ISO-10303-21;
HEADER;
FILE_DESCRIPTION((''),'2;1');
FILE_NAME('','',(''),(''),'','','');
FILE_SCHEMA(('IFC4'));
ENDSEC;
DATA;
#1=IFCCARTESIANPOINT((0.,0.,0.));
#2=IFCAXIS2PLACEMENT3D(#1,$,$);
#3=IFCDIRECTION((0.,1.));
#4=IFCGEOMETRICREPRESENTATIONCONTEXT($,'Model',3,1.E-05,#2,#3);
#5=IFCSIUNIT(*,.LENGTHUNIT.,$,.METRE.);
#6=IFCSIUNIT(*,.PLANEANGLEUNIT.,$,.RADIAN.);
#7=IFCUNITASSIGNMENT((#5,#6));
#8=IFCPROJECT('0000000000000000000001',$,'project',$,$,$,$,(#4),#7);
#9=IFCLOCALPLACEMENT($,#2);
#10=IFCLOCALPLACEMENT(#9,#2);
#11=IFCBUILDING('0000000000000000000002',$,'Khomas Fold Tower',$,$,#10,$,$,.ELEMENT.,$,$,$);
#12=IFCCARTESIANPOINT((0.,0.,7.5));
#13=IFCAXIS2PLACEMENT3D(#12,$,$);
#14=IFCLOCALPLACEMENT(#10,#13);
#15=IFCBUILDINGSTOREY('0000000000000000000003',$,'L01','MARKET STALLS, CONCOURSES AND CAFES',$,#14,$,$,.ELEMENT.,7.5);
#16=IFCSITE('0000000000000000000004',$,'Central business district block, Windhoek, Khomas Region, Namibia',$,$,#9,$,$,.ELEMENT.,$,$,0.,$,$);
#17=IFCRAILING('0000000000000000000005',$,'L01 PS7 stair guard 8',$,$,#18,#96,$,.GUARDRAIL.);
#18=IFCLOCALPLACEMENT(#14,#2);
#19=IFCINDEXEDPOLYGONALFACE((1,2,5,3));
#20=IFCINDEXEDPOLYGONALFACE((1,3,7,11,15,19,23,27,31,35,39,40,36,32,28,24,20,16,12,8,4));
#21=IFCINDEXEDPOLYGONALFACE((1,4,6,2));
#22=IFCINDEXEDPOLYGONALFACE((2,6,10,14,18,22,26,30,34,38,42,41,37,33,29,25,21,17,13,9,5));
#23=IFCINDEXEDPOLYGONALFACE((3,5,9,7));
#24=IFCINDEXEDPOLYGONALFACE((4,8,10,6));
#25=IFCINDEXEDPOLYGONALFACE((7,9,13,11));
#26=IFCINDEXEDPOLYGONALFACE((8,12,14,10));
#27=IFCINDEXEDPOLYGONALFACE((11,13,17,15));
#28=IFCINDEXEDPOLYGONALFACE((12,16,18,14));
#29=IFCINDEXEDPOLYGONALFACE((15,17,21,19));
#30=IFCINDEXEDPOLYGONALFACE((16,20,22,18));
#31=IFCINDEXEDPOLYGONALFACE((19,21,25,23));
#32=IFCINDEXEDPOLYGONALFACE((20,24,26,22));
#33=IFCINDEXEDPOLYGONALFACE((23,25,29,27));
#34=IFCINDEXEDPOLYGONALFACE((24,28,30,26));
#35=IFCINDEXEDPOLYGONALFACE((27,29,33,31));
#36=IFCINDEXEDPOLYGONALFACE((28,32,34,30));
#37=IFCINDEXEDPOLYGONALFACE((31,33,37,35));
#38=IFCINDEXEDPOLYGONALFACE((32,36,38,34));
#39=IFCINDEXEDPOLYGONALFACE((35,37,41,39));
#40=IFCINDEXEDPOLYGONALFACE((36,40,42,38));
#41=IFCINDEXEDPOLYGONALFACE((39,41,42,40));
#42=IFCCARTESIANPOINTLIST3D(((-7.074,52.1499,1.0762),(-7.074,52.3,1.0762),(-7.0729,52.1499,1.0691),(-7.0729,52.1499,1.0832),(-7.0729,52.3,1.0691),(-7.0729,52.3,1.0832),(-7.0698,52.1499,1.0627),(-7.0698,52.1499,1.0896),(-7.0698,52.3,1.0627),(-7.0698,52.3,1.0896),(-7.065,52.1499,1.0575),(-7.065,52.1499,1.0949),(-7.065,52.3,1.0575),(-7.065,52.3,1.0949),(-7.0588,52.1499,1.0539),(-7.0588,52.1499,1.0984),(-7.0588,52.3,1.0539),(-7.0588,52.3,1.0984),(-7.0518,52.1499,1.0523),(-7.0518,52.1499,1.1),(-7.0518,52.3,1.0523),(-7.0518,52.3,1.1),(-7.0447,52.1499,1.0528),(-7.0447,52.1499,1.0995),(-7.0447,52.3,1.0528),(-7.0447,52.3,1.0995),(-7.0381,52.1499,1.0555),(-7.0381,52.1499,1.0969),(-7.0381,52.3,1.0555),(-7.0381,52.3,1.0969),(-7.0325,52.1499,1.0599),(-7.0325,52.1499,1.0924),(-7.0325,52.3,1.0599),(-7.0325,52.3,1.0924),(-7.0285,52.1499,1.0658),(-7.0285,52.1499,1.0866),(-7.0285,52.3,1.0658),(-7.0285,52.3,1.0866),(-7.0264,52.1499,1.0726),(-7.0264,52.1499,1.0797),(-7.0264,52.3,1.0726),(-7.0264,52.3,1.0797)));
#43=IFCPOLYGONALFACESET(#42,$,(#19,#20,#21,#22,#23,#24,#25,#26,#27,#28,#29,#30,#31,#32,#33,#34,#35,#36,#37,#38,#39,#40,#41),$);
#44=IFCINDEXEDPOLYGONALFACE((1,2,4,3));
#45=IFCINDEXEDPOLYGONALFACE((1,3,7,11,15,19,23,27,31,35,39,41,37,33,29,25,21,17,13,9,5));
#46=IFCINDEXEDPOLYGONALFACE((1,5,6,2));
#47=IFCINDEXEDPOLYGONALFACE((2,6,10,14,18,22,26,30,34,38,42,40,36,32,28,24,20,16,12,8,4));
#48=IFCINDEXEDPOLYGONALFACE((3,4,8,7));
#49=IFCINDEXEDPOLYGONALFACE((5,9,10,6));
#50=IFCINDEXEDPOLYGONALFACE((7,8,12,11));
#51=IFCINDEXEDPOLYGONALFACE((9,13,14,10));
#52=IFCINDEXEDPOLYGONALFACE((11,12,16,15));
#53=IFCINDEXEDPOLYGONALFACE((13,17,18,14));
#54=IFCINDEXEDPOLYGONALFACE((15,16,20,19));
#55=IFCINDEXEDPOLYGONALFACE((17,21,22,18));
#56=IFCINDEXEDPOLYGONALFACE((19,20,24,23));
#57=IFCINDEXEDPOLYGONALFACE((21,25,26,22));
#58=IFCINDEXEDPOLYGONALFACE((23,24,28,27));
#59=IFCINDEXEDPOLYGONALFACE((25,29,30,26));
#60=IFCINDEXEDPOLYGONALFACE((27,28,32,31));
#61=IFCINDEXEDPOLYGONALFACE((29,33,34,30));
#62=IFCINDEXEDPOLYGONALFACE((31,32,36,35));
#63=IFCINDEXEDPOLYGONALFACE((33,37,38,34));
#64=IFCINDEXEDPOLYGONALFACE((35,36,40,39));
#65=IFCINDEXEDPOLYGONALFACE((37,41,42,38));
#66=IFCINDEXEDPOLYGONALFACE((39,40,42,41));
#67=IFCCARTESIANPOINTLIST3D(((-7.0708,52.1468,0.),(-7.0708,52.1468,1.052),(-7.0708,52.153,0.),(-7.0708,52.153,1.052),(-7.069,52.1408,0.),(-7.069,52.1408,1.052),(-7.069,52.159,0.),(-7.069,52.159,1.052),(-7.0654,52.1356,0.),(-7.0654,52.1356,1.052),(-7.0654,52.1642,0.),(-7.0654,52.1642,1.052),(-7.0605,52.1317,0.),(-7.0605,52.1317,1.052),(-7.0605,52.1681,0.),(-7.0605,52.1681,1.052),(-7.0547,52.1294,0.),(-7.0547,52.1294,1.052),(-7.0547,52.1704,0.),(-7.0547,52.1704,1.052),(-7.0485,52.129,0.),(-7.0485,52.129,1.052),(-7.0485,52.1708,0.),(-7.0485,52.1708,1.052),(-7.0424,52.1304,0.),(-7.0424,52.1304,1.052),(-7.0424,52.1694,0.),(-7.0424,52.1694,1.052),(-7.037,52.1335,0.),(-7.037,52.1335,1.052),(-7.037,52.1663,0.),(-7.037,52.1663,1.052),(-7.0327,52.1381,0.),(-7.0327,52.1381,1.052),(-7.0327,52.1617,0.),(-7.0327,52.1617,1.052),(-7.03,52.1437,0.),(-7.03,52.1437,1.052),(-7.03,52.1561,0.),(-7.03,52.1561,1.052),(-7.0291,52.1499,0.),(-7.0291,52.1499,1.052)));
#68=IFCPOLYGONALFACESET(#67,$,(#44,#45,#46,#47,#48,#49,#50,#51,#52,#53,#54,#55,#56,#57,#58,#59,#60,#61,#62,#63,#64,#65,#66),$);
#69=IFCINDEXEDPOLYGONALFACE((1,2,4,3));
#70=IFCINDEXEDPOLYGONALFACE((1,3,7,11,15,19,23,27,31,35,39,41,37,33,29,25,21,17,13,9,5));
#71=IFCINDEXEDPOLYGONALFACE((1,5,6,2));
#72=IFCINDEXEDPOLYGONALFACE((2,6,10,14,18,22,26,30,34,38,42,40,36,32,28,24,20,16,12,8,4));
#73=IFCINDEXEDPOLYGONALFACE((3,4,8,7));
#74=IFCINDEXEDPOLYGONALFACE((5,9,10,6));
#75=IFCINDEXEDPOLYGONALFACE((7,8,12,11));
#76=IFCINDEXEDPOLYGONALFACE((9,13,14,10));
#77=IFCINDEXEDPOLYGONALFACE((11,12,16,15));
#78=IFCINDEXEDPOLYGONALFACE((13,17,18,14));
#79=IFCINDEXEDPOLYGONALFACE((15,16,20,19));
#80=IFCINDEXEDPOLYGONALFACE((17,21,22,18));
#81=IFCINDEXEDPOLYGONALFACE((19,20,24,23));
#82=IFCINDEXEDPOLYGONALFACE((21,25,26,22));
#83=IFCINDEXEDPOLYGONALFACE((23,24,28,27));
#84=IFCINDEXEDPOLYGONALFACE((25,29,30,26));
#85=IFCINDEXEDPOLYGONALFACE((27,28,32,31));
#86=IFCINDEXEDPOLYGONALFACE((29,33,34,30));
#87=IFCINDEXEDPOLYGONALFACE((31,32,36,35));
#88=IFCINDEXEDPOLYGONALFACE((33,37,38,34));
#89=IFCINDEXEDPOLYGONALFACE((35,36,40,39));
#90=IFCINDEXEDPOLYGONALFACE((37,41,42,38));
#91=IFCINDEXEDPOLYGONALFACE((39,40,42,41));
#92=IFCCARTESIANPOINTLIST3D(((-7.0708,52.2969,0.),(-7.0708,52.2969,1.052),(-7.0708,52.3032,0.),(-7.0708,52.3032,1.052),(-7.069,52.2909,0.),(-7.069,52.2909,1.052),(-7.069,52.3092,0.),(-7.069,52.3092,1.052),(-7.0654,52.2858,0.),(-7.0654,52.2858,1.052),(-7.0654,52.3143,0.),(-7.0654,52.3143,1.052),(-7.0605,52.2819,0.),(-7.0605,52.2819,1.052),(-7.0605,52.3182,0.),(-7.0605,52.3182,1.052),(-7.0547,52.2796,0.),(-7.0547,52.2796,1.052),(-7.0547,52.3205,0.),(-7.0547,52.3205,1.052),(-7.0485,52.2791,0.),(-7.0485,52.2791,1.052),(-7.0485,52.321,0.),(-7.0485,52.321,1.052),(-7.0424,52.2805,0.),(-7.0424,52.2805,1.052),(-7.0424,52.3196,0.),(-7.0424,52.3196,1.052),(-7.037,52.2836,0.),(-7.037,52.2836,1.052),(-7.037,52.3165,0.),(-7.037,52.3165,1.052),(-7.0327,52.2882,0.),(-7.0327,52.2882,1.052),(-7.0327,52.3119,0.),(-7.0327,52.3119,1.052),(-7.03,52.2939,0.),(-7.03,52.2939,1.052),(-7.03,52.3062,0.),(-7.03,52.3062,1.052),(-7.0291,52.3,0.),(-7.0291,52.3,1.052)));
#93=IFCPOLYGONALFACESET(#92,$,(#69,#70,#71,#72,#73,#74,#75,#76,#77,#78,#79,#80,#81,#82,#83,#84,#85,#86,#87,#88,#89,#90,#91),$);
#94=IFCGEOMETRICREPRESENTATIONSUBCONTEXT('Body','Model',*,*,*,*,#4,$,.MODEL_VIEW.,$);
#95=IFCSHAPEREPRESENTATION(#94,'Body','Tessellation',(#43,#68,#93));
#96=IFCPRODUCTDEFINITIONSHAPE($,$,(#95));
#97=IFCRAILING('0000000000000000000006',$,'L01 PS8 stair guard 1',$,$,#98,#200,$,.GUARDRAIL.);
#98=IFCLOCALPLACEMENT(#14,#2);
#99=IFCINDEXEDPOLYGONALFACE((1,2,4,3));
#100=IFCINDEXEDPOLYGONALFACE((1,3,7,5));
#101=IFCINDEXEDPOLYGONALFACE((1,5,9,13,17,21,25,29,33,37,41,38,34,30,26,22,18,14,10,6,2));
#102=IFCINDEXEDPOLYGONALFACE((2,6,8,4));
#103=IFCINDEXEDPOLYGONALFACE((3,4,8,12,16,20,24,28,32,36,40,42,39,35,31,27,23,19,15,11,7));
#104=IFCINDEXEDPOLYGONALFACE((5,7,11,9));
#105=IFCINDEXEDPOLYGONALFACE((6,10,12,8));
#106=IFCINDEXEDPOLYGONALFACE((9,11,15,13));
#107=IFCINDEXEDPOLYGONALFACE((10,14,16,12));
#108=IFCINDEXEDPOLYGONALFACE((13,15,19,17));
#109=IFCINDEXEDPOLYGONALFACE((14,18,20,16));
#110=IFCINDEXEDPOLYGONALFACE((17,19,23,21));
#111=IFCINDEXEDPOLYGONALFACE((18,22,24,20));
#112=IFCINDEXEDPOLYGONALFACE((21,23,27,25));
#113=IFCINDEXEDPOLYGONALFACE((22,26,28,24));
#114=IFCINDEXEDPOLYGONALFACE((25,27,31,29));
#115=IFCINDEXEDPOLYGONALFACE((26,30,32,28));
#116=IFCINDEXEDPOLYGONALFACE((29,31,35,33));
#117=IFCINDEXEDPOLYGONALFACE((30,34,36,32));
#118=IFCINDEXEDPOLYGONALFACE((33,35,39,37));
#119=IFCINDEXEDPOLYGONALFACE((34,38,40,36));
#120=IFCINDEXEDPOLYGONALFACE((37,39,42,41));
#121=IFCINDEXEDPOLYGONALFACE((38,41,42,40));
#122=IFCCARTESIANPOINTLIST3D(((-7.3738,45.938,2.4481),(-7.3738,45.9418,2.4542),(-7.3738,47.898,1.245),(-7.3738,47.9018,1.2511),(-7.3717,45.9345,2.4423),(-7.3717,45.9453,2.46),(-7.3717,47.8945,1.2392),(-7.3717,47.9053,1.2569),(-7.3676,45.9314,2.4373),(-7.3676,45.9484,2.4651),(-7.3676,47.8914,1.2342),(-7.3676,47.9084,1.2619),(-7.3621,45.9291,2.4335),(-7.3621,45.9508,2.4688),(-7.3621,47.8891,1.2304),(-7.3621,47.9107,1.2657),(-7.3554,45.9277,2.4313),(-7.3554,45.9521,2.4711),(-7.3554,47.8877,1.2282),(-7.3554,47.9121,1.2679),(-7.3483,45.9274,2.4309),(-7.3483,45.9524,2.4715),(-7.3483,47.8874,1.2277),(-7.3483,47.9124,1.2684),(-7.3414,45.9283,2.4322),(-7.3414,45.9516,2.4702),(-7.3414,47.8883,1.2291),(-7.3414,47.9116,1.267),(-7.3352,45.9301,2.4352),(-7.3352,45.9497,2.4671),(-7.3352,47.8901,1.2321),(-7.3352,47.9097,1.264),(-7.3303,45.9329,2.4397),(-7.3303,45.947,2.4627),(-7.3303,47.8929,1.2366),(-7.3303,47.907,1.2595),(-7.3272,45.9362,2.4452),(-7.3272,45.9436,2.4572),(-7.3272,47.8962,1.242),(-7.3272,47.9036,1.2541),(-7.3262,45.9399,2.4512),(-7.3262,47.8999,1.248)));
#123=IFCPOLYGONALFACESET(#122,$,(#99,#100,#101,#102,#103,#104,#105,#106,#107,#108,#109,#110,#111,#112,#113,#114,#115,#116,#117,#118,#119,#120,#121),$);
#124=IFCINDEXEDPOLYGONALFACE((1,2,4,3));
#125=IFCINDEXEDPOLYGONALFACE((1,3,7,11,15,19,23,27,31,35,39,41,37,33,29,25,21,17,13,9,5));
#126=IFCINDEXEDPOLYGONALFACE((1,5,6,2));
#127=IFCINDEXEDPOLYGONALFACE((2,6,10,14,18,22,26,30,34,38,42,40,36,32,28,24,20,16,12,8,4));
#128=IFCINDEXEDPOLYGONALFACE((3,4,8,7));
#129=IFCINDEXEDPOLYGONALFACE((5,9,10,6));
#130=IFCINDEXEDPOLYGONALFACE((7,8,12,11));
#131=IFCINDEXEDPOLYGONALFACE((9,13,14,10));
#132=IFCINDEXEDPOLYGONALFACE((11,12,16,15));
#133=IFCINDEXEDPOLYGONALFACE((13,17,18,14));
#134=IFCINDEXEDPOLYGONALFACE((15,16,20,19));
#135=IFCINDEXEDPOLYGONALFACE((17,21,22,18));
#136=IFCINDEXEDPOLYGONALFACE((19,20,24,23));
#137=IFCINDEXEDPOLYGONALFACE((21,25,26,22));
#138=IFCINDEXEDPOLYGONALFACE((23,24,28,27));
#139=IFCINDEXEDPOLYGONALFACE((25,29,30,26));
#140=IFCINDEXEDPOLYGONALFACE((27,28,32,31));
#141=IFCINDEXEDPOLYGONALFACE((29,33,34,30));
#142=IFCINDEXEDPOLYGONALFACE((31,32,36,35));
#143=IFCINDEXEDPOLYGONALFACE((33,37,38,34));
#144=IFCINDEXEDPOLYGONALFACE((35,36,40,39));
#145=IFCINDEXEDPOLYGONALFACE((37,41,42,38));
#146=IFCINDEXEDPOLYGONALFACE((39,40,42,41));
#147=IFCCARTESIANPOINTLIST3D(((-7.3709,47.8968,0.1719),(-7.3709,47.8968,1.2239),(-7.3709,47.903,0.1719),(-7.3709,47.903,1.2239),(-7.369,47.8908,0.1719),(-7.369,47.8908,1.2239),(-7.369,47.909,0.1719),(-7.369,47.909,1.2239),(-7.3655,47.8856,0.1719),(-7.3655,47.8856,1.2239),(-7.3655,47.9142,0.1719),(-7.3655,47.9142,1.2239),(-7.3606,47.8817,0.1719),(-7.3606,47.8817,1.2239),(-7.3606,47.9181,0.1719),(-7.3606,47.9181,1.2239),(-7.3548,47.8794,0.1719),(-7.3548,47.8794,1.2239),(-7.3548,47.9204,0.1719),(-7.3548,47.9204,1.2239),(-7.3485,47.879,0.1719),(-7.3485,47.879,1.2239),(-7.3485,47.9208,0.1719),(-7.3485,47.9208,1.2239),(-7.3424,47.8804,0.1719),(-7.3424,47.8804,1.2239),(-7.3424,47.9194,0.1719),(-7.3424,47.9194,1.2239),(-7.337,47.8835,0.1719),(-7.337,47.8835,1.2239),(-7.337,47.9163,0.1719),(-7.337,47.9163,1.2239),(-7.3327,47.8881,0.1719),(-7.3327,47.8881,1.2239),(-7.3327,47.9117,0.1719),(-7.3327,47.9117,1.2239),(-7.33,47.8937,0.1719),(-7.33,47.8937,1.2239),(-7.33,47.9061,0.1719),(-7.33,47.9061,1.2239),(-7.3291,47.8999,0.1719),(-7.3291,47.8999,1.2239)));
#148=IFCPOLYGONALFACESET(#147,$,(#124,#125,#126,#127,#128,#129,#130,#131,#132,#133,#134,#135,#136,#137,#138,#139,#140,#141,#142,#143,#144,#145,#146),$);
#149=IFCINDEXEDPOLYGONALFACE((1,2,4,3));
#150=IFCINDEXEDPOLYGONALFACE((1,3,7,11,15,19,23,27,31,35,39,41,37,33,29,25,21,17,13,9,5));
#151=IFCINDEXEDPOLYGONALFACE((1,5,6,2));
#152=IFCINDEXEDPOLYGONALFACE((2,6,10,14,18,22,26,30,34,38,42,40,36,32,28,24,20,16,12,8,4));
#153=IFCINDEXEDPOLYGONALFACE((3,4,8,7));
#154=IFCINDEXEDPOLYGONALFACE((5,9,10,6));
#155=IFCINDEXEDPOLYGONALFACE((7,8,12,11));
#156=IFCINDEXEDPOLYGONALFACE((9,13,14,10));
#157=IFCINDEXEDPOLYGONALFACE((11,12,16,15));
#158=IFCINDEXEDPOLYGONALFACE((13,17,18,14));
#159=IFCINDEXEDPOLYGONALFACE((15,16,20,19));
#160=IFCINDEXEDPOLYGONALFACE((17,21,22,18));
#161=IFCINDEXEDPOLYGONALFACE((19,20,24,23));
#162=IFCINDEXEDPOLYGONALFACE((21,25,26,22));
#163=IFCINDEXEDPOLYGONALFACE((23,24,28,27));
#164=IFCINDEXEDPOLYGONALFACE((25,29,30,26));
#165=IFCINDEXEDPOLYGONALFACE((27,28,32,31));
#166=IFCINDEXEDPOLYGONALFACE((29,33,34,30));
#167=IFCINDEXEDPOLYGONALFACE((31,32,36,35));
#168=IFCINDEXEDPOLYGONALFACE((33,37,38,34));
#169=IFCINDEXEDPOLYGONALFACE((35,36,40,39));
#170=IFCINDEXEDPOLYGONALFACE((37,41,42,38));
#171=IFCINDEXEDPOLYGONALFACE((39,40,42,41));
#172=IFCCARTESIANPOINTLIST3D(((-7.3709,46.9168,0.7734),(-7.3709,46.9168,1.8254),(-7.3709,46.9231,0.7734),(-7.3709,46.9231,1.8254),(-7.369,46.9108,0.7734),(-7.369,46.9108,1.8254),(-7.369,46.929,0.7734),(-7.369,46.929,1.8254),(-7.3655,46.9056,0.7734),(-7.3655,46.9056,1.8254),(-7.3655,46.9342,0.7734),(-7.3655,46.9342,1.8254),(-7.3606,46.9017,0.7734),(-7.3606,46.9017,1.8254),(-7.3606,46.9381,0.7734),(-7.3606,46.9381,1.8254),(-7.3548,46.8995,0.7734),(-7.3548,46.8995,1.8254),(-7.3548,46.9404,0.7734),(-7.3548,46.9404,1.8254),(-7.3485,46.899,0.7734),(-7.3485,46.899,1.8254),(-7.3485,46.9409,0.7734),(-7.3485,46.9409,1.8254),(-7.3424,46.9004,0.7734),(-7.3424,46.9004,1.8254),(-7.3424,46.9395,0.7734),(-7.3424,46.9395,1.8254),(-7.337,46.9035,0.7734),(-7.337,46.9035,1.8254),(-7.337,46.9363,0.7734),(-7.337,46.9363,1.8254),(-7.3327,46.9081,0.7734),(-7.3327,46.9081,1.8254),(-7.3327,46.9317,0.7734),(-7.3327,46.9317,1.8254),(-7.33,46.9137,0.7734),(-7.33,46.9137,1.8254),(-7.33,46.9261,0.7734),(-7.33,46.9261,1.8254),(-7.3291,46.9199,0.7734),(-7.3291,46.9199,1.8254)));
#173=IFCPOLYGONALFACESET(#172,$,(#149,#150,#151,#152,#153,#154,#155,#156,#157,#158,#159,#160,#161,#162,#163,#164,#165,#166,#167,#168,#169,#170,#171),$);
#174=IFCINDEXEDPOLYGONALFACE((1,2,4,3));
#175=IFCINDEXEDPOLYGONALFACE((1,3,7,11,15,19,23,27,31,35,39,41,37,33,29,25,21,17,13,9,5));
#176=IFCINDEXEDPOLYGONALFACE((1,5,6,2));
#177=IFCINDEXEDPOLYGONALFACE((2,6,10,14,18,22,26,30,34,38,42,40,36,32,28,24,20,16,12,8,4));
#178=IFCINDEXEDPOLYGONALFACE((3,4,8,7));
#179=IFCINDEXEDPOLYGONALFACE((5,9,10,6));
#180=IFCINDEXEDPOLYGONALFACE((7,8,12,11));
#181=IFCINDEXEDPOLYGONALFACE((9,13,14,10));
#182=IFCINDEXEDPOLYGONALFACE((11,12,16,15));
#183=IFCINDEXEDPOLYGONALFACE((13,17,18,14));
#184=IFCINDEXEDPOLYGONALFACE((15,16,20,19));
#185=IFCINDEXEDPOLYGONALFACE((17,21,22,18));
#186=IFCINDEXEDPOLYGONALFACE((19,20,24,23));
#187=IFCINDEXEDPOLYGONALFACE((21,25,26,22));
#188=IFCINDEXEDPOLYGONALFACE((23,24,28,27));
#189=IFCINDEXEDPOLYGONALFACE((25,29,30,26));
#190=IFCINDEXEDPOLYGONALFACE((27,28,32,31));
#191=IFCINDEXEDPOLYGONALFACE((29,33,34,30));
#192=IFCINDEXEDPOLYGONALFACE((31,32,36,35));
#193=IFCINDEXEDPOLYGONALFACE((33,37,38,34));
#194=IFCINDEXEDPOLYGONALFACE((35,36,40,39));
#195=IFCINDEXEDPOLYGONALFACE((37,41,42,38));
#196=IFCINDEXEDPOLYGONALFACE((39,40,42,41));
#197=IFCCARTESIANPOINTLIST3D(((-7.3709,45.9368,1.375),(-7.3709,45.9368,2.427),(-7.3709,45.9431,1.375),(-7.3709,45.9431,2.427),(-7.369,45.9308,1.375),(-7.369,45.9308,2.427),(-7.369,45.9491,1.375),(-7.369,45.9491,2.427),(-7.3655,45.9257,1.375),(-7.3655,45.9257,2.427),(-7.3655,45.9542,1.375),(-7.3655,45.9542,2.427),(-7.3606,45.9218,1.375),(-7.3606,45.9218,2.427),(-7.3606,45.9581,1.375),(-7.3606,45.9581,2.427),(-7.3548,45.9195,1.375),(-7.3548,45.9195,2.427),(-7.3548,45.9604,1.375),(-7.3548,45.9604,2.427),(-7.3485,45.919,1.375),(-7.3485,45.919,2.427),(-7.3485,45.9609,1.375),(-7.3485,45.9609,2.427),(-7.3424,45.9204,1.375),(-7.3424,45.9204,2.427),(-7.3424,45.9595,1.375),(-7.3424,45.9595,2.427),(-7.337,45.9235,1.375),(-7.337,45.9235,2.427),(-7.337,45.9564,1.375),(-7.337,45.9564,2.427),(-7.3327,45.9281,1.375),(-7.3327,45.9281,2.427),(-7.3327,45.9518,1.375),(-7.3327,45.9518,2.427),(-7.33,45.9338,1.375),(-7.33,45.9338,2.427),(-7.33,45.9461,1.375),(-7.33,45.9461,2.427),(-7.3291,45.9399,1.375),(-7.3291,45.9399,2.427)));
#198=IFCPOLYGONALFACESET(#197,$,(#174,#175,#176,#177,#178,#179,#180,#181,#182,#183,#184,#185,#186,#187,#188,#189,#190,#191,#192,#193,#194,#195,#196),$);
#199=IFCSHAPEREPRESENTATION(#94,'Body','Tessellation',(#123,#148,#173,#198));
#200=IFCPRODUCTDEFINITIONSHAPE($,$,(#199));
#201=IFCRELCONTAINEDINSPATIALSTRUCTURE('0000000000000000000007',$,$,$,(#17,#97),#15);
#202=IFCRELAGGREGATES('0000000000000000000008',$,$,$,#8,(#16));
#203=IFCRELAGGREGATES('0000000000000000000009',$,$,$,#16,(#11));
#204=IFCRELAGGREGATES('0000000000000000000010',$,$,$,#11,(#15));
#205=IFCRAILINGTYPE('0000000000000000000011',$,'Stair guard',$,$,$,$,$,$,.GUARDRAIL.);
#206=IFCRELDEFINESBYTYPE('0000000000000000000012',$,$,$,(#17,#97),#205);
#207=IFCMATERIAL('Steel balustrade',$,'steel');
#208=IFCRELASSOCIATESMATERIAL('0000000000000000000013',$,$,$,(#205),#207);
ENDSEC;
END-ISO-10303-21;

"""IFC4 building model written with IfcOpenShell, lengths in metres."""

from ifc_helpers import new_model, si_unit, direction, frame, origin, origin_2d, place, context, subcontext, project, spatial, circle, extrude, source, transform, mapped, material, type_object, element, save


model = new_model("IFC4")

# Units and contexts
model_context = context("Model", 3, precision=1e-05, world=origin(), true_north=direction((0.0, 1.0)))
body_context = subcontext(model_context, "Body", "Model", "MODEL_VIEW")
ifc_project = project(units=[si_unit("LENGTHUNIT", "METRE"), si_unit("PLANEANGLEUNIT", "RADIAN")], contexts=[model_context])

# Site, building, storey
site_placement = place(None, origin())
site = spatial("IfcSite", under=ifc_project, at=site_placement, Name="Central business district block, Windhoek, Khomas Region, Namibia", CompositionType="ELEMENT", RefElevation=0.0)
building_placement = place(site_placement, origin())
building = spatial("IfcBuilding", under=site, at=building_placement, Name="Khomas Fold Tower", CompositionType="ELEMENT")
storey_placement = place(building_placement, frame((0.0, 0.0, 7.5)))
storey = spatial("IfcBuildingStorey", under=building, at=storey_placement, Name="L01", Description="MARKET STALLS, CONCOURSES AND CAFES", CompositionType="ELEMENT", Elevation=7.5)

# Railings
ifc_material_1 = material(Name="Steel balustrade", Category="steel")
railing_type_1 = type_object("IfcRailingType", Name="Stair guard", PredefinedType="GUARDRAIL", material=ifc_material_1)
shared_shape_1 = source(origin(), body_context, "Body", "SweptSolid", [
    extrude(circle(Radius=0.0239, at=origin_2d()), frame((0.0, 0.0, 1.0762), z_axis=(0.0, 1.0, 0.0), x_axis=(-1.0, 0.0, 0.0)), (0.0, 0.0, 1.0), 0.1501),
    extrude(circle(Radius=0.021, at=origin_2d()), origin(), (0.0, 0.0, 1.0), 1.052),
    extrude(circle(Radius=0.021, at=origin_2d()), frame((0.0, 0.1501, 0.0)), (0.0, 0.0, 1.0), 1.052),
])
for number, where, name in (
    (1, (-7.05, 52.1499, 0.0), "L01 PS7 stair guard 8"),
):
    element("IfcRailing", number, at=place(storey_placement, frame(where)), inside=storey, type_object=railing_type_1, Name=name, PredefinedType="GUARDRAIL", context=body_context, shape_type="MappedRepresentation", body=[
        mapped(shared_shape_1, transform((0.0, 0.0, 0.0))),
    ])
shared_shape_2 = source(origin(), body_context, "Body", "SweptSolid", [
    extrude(circle(Radius=0.0239, at=origin_2d()), frame((0.0, 0.0, 1.0762), z_axis=(0.0, -0.852241, 0.523149), x_axis=(1.0, 0.0, 0.0)), (0.0, 0.0, 1.0), 2.2998),
    extrude(circle(Radius=0.021, at=origin_2d()), origin(), (0.0, 0.0, 1.0), 1.052),
    extrude(circle(Radius=0.021, at=origin_2d()), frame((0.0, -0.98, 0.6016)), (0.0, 0.0, 1.0), 1.052),
    extrude(circle(Radius=0.021, at=origin_2d()), frame((0.0, -1.96, 1.2031)), (0.0, 0.0, 1.0), 1.052),
])
for number, where, name in (
    (2, (-7.3501, 47.8999, 0.1719), "L01 PS8 stair guard 1"),
):
    element("IfcRailing", number, at=place(storey_placement, frame(where)), inside=storey, type_object=railing_type_1, Name=name, PredefinedType="GUARDRAIL", context=body_context, shape_type="MappedRepresentation", body=[
        mapped(shared_shape_2, transform((0.0, 0.0, 0.0))),
    ])

save(model, "model.ifc")
